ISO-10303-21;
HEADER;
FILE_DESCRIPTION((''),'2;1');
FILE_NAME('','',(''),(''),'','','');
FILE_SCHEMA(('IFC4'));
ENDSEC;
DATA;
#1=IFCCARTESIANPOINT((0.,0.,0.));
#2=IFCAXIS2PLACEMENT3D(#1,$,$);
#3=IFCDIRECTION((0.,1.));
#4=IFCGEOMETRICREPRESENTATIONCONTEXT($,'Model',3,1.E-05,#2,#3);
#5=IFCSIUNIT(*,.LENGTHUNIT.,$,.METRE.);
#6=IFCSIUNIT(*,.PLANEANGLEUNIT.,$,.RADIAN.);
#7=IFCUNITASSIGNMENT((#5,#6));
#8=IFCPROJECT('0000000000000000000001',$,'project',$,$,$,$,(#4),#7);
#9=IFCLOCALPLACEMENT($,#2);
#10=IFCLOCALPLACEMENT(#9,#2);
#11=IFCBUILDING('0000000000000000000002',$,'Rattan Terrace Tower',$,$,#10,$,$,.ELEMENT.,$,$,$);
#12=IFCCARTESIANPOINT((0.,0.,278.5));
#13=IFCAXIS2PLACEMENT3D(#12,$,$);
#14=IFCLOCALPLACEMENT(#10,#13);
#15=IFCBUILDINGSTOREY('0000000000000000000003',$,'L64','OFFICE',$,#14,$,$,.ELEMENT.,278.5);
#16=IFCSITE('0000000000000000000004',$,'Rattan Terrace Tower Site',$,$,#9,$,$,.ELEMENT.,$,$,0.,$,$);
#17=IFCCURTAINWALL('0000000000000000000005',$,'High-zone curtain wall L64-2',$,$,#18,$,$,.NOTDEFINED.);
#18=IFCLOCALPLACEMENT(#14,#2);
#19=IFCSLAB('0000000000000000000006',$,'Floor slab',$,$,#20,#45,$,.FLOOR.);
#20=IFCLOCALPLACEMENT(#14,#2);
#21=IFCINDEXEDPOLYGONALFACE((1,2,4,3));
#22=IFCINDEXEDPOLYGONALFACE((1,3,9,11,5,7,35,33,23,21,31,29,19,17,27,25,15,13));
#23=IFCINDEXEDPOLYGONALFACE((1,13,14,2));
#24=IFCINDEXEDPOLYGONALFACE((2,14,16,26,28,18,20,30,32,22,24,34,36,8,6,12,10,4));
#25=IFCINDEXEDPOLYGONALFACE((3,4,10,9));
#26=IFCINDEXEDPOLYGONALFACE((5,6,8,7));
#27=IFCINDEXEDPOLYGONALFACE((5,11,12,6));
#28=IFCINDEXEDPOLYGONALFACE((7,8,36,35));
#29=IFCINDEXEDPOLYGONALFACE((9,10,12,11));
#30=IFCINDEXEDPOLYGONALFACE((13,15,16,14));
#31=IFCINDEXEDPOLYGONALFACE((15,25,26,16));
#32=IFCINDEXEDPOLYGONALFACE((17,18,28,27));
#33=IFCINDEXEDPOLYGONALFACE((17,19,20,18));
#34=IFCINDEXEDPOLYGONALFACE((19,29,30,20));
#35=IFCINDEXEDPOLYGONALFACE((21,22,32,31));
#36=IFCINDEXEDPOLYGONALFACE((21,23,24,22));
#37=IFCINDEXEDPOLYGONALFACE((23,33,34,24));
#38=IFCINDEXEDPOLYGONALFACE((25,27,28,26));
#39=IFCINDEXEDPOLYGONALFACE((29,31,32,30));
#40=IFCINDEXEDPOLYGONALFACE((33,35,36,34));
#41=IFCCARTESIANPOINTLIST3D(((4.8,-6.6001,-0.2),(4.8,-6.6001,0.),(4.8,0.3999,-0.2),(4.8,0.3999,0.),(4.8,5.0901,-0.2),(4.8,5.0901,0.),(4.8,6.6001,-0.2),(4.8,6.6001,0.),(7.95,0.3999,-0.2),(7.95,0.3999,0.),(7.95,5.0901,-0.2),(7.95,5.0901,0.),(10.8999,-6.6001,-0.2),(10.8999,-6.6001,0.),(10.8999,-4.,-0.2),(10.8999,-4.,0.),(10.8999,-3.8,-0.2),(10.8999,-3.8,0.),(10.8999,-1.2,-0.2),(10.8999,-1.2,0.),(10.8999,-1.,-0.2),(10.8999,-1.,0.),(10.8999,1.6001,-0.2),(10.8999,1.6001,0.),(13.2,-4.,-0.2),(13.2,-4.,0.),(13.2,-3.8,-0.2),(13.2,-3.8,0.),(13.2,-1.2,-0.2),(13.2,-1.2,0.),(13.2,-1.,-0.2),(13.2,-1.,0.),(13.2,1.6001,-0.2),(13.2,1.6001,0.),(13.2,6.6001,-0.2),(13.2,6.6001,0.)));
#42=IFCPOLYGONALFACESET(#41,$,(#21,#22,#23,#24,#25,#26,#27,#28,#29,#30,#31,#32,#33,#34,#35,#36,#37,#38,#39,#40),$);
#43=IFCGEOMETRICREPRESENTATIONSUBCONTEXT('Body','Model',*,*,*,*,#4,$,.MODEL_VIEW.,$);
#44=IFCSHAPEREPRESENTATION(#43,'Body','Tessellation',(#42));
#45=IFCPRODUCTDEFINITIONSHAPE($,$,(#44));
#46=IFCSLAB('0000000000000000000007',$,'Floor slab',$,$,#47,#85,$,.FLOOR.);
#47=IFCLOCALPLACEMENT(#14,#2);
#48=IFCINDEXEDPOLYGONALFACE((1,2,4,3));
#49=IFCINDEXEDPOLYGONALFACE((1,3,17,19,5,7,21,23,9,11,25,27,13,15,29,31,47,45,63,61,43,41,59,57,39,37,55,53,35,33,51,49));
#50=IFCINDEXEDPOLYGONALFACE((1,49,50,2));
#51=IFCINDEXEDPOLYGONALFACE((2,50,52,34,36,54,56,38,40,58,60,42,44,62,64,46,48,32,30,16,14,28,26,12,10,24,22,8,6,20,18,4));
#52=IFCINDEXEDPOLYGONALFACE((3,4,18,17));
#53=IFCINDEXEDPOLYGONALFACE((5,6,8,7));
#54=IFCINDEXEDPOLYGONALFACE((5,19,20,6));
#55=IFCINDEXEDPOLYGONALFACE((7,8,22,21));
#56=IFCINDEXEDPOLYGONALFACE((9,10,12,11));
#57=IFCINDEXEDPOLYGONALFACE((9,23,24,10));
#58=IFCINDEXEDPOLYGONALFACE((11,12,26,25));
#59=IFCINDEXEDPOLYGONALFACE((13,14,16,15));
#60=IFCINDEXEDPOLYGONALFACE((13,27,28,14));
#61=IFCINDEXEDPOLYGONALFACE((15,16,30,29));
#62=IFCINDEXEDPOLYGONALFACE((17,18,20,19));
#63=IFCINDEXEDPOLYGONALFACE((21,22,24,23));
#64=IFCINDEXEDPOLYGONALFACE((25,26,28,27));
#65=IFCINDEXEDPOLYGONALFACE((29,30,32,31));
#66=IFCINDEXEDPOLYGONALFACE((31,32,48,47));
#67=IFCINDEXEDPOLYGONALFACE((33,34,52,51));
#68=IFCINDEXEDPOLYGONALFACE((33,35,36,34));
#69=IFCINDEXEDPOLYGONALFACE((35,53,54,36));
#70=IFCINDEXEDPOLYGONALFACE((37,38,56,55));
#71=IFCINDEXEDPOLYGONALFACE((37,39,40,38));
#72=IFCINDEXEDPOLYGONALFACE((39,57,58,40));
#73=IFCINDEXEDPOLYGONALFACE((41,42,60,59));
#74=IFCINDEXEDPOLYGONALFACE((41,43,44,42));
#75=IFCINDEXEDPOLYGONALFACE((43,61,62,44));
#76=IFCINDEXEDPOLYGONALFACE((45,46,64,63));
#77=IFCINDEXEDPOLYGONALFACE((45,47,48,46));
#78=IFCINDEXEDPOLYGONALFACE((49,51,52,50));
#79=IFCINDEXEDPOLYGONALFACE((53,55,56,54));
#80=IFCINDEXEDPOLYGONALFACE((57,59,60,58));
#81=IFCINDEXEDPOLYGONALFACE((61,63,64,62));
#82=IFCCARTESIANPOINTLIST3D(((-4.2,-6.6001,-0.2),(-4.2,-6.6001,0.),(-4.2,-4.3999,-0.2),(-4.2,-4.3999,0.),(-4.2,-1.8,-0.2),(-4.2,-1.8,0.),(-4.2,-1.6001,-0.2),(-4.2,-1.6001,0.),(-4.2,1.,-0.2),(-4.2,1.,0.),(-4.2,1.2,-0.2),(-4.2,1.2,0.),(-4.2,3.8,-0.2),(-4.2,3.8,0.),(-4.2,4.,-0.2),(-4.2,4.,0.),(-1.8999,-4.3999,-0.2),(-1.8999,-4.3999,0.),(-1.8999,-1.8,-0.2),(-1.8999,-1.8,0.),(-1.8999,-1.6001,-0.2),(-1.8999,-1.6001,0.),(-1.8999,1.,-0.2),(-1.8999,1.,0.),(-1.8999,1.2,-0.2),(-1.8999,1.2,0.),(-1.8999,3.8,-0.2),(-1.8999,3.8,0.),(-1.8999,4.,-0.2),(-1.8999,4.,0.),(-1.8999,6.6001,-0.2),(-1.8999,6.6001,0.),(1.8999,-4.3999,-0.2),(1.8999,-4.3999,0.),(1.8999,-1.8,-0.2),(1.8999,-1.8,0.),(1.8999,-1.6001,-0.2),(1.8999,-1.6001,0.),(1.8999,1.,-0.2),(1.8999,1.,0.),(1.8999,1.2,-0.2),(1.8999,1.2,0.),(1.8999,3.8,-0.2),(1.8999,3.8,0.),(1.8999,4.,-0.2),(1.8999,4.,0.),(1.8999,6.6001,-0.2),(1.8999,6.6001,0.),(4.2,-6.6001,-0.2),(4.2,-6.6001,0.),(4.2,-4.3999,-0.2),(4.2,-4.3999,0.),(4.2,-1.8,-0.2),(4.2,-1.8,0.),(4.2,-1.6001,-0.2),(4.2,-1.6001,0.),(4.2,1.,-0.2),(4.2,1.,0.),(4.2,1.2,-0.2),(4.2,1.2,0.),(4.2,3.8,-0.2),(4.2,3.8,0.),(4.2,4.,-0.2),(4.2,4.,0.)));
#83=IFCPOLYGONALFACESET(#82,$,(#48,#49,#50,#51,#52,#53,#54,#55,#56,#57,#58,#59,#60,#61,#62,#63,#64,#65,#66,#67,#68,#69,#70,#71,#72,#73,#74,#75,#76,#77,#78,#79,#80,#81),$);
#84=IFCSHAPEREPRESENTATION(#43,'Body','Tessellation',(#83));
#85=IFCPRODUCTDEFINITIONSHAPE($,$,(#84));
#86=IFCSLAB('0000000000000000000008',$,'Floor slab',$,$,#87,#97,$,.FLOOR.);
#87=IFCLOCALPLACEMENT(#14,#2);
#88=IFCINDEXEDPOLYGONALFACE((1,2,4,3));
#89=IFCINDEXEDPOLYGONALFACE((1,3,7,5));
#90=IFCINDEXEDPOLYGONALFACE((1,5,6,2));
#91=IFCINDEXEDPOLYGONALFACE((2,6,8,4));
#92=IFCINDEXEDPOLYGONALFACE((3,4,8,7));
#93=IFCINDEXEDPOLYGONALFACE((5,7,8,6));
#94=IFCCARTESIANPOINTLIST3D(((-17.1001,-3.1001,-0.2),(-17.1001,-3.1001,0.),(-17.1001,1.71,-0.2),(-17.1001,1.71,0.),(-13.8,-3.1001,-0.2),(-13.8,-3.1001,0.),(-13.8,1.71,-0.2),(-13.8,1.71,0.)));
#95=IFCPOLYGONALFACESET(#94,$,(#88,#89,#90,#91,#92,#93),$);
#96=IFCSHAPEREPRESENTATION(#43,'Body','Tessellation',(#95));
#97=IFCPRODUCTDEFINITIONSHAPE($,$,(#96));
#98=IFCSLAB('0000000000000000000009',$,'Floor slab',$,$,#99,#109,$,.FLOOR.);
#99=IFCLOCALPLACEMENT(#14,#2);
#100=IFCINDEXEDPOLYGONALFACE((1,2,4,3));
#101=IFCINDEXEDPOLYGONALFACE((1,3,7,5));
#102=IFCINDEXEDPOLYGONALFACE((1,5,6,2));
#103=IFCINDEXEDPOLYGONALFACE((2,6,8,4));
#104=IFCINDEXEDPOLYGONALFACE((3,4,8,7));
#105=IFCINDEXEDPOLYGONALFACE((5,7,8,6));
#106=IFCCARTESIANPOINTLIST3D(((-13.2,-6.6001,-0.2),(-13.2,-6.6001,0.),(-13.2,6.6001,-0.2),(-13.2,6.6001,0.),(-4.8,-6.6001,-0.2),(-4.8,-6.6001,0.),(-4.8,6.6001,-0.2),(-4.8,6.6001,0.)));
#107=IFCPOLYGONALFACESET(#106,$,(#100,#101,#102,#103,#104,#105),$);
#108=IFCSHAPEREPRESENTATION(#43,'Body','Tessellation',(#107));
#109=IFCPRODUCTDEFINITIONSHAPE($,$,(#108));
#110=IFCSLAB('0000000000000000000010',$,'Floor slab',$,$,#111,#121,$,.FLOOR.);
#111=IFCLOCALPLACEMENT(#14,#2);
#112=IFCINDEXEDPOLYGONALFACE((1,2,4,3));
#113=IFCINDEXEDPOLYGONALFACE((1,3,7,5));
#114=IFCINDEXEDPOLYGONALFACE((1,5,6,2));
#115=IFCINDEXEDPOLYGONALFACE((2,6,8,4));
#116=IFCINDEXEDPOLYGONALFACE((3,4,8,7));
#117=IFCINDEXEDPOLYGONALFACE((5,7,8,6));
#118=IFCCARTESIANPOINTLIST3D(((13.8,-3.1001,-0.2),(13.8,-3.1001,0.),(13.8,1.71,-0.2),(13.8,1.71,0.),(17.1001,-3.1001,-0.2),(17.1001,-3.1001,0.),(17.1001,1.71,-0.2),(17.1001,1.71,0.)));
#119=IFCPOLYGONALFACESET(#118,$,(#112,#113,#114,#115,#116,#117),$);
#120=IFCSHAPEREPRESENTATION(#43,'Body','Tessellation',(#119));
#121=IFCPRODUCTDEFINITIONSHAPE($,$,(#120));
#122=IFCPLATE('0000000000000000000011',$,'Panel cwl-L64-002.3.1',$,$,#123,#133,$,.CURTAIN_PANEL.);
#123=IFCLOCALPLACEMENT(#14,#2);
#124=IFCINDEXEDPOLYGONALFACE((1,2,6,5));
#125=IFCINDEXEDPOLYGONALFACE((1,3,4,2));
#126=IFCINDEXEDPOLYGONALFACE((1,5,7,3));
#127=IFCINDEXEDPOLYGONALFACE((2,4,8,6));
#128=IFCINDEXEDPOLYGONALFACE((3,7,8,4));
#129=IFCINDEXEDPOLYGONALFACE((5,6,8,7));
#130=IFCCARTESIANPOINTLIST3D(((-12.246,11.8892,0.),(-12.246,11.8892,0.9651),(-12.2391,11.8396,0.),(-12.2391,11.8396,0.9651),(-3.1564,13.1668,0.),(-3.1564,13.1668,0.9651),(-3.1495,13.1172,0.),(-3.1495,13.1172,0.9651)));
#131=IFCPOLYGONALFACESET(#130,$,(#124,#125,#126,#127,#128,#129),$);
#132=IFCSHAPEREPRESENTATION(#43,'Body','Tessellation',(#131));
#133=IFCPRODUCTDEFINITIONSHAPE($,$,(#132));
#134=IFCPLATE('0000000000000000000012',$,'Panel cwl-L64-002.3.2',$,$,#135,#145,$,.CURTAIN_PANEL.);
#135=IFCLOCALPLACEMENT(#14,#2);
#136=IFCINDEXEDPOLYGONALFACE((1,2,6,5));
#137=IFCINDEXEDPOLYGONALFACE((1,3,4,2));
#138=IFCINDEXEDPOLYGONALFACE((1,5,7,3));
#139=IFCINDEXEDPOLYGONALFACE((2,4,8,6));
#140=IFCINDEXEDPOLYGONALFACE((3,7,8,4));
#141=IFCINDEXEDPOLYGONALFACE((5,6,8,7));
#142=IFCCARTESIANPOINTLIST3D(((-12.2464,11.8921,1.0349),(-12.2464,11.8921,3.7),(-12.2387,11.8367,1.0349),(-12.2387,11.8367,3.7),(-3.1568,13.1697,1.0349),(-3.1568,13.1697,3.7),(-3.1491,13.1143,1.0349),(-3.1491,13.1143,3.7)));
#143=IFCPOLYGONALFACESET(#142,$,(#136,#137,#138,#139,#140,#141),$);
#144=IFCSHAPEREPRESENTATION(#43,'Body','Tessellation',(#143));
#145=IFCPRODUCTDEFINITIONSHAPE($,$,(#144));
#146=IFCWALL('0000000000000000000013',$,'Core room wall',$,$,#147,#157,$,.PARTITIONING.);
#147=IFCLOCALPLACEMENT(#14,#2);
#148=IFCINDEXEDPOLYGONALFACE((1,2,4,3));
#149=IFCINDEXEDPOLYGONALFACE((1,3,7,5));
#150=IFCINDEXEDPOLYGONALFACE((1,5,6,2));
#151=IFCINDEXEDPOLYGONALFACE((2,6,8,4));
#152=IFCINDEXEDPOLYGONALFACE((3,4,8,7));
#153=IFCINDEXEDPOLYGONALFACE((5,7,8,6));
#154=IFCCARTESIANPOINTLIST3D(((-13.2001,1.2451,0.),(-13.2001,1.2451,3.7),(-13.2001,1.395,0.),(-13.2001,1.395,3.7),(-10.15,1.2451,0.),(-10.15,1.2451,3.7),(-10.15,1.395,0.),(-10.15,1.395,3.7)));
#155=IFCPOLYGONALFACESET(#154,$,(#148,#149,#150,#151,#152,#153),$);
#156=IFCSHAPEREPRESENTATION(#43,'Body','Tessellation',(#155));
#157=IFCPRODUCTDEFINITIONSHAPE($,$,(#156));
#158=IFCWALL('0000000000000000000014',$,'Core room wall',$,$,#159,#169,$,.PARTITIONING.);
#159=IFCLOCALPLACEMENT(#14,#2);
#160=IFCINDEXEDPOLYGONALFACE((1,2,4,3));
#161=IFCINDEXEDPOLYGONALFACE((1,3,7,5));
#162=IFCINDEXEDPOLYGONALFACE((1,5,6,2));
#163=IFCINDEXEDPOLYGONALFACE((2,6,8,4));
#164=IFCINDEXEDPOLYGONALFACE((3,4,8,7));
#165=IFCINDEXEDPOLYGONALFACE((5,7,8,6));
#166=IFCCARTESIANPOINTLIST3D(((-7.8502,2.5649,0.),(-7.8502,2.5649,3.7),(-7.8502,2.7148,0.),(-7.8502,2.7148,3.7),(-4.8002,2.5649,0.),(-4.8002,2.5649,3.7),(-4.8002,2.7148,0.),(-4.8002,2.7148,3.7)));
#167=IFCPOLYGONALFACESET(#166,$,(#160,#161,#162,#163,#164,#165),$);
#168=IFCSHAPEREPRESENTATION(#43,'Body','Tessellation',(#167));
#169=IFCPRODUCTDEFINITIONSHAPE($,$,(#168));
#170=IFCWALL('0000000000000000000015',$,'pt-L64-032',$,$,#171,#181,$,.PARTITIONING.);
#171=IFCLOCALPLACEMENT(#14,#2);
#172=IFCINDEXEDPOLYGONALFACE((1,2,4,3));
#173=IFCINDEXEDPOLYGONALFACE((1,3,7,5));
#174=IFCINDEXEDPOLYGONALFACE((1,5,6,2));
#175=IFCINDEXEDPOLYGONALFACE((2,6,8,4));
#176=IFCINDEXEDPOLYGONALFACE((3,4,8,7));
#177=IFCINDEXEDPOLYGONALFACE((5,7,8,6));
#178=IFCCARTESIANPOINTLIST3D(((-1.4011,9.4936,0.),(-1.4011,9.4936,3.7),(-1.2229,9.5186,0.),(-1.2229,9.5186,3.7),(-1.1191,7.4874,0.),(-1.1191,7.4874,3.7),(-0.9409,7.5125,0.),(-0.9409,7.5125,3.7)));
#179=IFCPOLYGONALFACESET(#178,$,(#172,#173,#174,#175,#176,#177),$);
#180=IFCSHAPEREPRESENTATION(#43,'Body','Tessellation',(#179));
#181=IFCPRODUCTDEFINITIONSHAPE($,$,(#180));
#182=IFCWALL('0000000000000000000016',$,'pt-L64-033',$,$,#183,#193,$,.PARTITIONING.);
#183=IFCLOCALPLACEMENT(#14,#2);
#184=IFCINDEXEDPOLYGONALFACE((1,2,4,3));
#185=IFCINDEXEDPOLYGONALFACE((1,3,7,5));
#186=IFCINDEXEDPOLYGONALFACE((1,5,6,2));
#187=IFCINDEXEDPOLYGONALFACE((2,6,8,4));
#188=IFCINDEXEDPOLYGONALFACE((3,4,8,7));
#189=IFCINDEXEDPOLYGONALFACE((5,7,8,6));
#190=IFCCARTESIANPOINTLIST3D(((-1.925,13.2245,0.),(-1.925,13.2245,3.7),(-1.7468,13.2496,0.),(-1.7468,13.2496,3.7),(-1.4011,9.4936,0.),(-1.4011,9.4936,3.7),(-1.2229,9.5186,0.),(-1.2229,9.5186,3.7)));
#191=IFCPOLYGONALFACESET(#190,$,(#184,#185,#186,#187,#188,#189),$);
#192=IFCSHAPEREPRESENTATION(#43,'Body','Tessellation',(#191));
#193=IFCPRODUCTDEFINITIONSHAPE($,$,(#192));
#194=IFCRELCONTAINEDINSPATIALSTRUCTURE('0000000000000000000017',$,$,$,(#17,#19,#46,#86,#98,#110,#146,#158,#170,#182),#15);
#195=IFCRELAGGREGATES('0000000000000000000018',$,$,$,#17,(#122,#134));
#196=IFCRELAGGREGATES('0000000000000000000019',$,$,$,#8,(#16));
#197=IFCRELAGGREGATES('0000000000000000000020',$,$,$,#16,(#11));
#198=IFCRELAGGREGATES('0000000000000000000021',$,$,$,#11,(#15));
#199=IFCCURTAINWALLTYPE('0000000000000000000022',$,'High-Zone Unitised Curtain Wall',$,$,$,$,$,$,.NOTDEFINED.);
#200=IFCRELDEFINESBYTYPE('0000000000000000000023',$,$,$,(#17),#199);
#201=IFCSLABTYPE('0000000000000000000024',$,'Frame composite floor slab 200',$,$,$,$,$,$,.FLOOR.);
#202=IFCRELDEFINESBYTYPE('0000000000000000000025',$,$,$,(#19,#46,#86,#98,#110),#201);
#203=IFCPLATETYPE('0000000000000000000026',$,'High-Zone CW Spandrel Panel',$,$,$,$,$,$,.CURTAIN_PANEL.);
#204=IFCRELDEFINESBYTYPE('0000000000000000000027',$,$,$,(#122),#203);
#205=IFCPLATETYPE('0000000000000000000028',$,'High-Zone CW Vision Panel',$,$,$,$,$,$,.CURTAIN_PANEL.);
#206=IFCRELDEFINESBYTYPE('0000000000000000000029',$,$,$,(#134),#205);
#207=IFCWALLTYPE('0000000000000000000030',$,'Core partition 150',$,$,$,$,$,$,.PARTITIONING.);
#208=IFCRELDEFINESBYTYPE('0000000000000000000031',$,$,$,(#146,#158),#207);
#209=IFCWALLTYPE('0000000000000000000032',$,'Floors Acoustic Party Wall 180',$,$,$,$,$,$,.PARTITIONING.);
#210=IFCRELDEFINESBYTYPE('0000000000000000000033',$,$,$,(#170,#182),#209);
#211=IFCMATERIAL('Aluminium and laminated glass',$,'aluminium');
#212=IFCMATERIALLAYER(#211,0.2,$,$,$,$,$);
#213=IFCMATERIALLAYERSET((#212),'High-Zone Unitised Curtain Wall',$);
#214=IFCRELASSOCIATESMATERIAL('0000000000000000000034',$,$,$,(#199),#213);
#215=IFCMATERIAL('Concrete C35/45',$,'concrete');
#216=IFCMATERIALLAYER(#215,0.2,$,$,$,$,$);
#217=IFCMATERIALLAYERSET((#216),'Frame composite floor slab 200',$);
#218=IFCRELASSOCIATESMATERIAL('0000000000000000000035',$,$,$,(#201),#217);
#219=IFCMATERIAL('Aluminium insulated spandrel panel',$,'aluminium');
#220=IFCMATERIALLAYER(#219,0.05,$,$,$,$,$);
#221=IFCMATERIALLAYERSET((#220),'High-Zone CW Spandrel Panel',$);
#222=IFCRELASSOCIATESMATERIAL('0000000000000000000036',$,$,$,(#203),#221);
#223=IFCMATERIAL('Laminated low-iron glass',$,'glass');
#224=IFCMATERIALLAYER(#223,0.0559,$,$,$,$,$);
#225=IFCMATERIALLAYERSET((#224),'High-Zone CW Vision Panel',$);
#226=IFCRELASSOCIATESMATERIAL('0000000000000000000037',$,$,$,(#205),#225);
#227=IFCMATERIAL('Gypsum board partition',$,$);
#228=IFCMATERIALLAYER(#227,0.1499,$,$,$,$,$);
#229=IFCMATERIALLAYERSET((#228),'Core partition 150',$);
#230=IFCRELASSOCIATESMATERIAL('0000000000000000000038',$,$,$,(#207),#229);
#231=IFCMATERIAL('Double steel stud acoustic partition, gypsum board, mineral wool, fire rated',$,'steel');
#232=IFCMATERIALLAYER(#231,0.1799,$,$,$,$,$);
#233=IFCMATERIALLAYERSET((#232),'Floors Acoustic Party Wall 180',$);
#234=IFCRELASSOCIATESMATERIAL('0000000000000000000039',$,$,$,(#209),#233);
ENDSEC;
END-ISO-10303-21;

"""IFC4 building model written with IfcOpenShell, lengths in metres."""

from ifc_helpers import new_model, si_unit, direction, frame, frame_2d, origin, origin_2d, place, context, subcontext, project, spatial, polyline, rectangle, outline, extrude, material, layer, layer_set, type_object, element, aggregate, save


model = new_model("IFC4")

# Units and contexts
model_context = context("Model", 3, precision=1e-05, world=origin(), true_north=direction((0.0, 1.0)))
body_context = subcontext(model_context, "Body", "Model", "MODEL_VIEW")
ifc_project = project(units=[si_unit("LENGTHUNIT", "METRE"), si_unit("PLANEANGLEUNIT", "RADIAN")], contexts=[model_context])

# Site, building, storey
site_placement = place(None, origin())
site = spatial("IfcSite", under=ifc_project, at=site_placement, Name="Rattan Terrace Tower Site", CompositionType="ELEMENT", RefElevation=0.0)
building_placement = place(site_placement, origin())
building = spatial("IfcBuilding", under=site, at=building_placement, Name="Rattan Terrace Tower", CompositionType="ELEMENT")
storey_placement = place(building_placement, frame((0.0, 0.0, 278.5)))
storey = spatial("IfcBuildingStorey", under=building, at=storey_placement, Name="L64", Description="OFFICE", CompositionType="ELEMENT", Elevation=278.5)

# Curtain wall
ifc_material_1 = material(Name="Aluminium and laminated glass", Category="aluminium")
ifc_layer_1 = layer(ifc_material_1, 0.2)
ifc_layer_set_1 = layer_set([ifc_layer_1], Name="High-Zone Unitised Curtain Wall")
curtain_wall_type = type_object("IfcCurtainWallType", Name="High-Zone Unitised Curtain Wall", PredefinedType="NOTDEFINED", material=ifc_layer_set_1)
curtain_wall_placement = place(storey_placement, origin())
curtain_wall = element("IfcCurtainWall", 1, at=curtain_wall_placement, inside=storey, type_object=curtain_wall_type, Name="High-zone curtain wall L64-2", PredefinedType="NOTDEFINED")

# Slabs
ifc_material_2 = material(Name="Concrete C35/45", Category="concrete")
ifc_layer_2 = layer(ifc_material_2, 0.2)
ifc_layer_set_2 = layer_set([ifc_layer_2], Name="Frame composite floor slab 200")
slab_type_1 = type_object("IfcSlabType", Name="Frame composite floor slab 200", PredefinedType="FLOOR", material=ifc_layer_set_2)
slab_1_placement = place(storey_placement, frame((0.0, 0.0, -0.2)))
element("IfcSlab", 2, at=slab_1_placement, inside=storey, type_object=slab_type_1, Name="Floor slab", PredefinedType="FLOOR", context=body_context, shape_type="SweptSolid", body=[
    extrude(outline(polyline([(13.2, 6.6001), (4.8, 6.6001), (4.8, 5.0901), (7.95, 5.0901), (7.95, 0.3999), (4.8, 0.3999), (4.8, -6.6001), (10.8999, -6.6001), (10.8999, -4.0), (13.2, -4.0), (13.2, -3.8), (10.8999, -3.8), (10.8999, -1.2), (13.2, -1.2), (13.2, -1.0), (10.8999, -1.0), (10.8999, 1.6001), (13.2, 1.6001), (13.2, 6.6001)])), origin(), (0.0, 0.0, 1.0), 0.2),
])
slab_2_placement = place(storey_placement, frame((0.0, 0.0, -0.2)))
element("IfcSlab", 3, at=slab_2_placement, inside=storey, type_object=slab_type_1, Name="Floor slab", PredefinedType="FLOOR", context=body_context, shape_type="SweptSolid", body=[
    extrude(outline(polyline([(1.8999, 6.6001), (-1.8999, 6.6001), (-1.8999, 4.0), (-4.2, 4.0), (-4.2, 3.8), (-1.8999, 3.8), (-1.8999, 1.2), (-4.2, 1.2), (-4.2, 1.0), (-1.8999, 1.0), (-1.8999, -1.6001), (-4.2, -1.6001), (-4.2, -1.8), (-1.8999, -1.8), (-1.8999, -4.3999), (-4.2, -4.3999), (-4.2, -6.6001), (4.2, -6.6001), (4.2, -4.3999), (1.8999, -4.3999), (1.8999, -1.8), (4.2, -1.8), (4.2, -1.6001), (1.8999, -1.6001), (1.8999, 1.0), (4.2, 1.0), (4.2, 1.2), (1.8999, 1.2), (1.8999, 3.8), (4.2, 3.8), (4.2, 4.0), (1.8999, 4.0), (1.8999, 6.6001)])), origin(), (0.0, 0.0, 1.0), 0.2),
])
slab_3_placement = place(storey_placement, frame((0.0, 0.0, -0.2)))
element("IfcSlab", 4, at=slab_3_placement, inside=storey, type_object=slab_type_1, Name="Floor slab", PredefinedType="FLOOR", context=body_context, shape_type="SweptSolid", body=[
    extrude(outline(polyline([(-17.1001, -3.1001), (-13.8, -3.1001), (-13.8, 1.71), (-17.1001, 1.71), (-17.1001, -3.1001)])), origin(), (0.0, 0.0, 1.0), 0.2),
])
slab_4_placement = place(storey_placement, frame((0.0, 0.0, -0.2)))
element("IfcSlab", 5, at=slab_4_placement, inside=storey, type_object=slab_type_1, Name="Floor slab", PredefinedType="FLOOR", context=body_context, shape_type="SweptSolid", body=[
    extrude(outline(polyline([(-4.8, -6.6001), (-4.8, 6.6001), (-13.2, 6.6001), (-13.2, -6.6001), (-4.8, -6.6001)])), origin(), (0.0, 0.0, 1.0), 0.2),
])
slab_5_placement = place(storey_placement, frame((0.0, 0.0, -0.2)))
element("IfcSlab", 6, at=slab_5_placement, inside=storey, type_object=slab_type_1, Name="Floor slab", PredefinedType="FLOOR", context=body_context, shape_type="SweptSolid", body=[
    extrude(outline(polyline([(13.8, -3.1001), (17.1001, -3.1001), (17.1001, 1.71), (13.8, 1.71), (13.8, -3.1001)])), origin(), (0.0, 0.0, 1.0), 0.2),
])

# Plates
ifc_material_3 = material(Name="Aluminium insulated spandrel panel", Category="aluminium")
ifc_layer_3 = layer(ifc_material_3, 0.05)
ifc_layer_set_3 = layer_set([ifc_layer_3], Name="High-Zone CW Spandrel Panel")
plate_type_1 = type_object("IfcPlateType", Name="High-Zone CW Spandrel Panel", PredefinedType="CURTAIN_PANEL", material=ifc_layer_set_3)
plate_1_placement = place(storey_placement, frame((-7.6978, 12.5032, 0.0), z_axis=(0.0, 0.0, 1.0), x_axis=(-0.990266, -0.139189, 0.0)))
plate_1 = element("IfcPlate", 7, at=plate_1_placement, type_object=plate_type_1, Name="Panel cwl-L64-002.3.1", PredefinedType="CURTAIN_PANEL", context=body_context, shape_type="SweptSolid", body=[
    extrude(rectangle(XDim=9.179, YDim=0.05, at=origin_2d()), origin(), (0.0, 0.0, 1.0), 0.9651),
])
ifc_material_4 = material(Name="Laminated low-iron glass", Category="glass")
ifc_layer_4 = layer(ifc_material_4, 0.0559)
ifc_layer_set_4 = layer_set([ifc_layer_4], Name="High-Zone CW Vision Panel")
plate_type_2 = type_object("IfcPlateType", Name="High-Zone CW Vision Panel", PredefinedType="CURTAIN_PANEL", material=ifc_layer_set_4)
plate_2_placement = place(storey_placement, frame((-7.6978, 12.5032, 1.0349), z_axis=(0.0, 0.0, 1.0), x_axis=(-0.990266, -0.139189, 0.0)))
plate_2 = element("IfcPlate", 8, at=plate_2_placement, type_object=plate_type_2, Name="Panel cwl-L64-002.3.2", PredefinedType="CURTAIN_PANEL", context=body_context, shape_type="SweptSolid", body=[
    extrude(rectangle(XDim=9.179, YDim=0.0559, at=origin_2d()), origin(), (0.0, 0.0, 1.0), 2.665),
])
aggregate(curtain_wall, [plate_1, plate_2])

# Walls
ifc_material_5 = material(Name="Gypsum board partition")
ifc_layer_5 = layer(ifc_material_5, 0.1499)
ifc_layer_set_5 = layer_set([ifc_layer_5], Name="Core partition 150")
wall_type_1 = type_object("IfcWallType", Name="Core partition 150", PredefinedType="PARTITIONING", material=ifc_layer_set_5)
for number, where, z_axis, x_axis, name in (
    (9, (-13.2, 1.3201, 0.0), (0.0, 0.0, 1.0), (1.0, 0.0, 0.0), "Core room wall"),
    (10, (-7.8501, 2.6399, 0.0), (0.0, 0.0, 1.0), (1.0, 0.0, 0.0), "Core room wall"),
):
    element("IfcWall", number, at=place(storey_placement, frame(where, z_axis=z_axis, x_axis=x_axis)), inside=storey, type_object=wall_type_1, Name=name, PredefinedType="PARTITIONING", context=body_context, shape_type="SweptSolid", body=[
        extrude(rectangle(XDim=3.05, YDim=0.1499, at=frame_2d((1.5249, 0.0))), origin(), (0.0, 0.0, 1.0), 3.7),
    ])
ifc_material_6 = material(Name="Double steel stud acoustic partition, gypsum board, mineral wool, fire rated", Category="steel")
ifc_layer_6 = layer(ifc_material_6, 0.1799)
ifc_layer_set_6 = layer_set([ifc_layer_6], Name="Floors Acoustic Party Wall 180")
wall_type_2 = type_object("IfcWallType", Name="Floors Acoustic Party Wall 180", PredefinedType="PARTITIONING", material=ifc_layer_set_6)
wall_1_placement = place(storey_placement, frame((-1.312, 9.5061, 0.0), z_axis=(0.0, 0.0, 1.0), x_axis=(0.139194, -0.990265, 0.0)))
element("IfcWall", 11, at=wall_1_placement, inside=storey, type_object=wall_type_2, Name="pt-L64-032", PredefinedType="PARTITIONING", context=body_context, shape_type="SweptSolid", body=[
    extrude(rectangle(XDim=2.0259, YDim=0.1799, at=frame_2d((1.0129, 0.0))), origin(), (0.0, 0.0, 1.0), 3.7),
])
wall_2_placement = place(storey_placement, frame((-1.8359, 13.2371, 0.0), z_axis=(0.0, 0.0, 1.0), x_axis=(0.139062, -0.990284, 0.0)))
element("IfcWall", 12, at=wall_2_placement, inside=storey, type_object=wall_type_2, Name="pt-L64-033", PredefinedType="PARTITIONING", context=body_context, shape_type="SweptSolid", body=[
    extrude(rectangle(XDim=3.7676, YDim=0.1799, at=frame_2d((1.8838, 0.0))), origin(), (0.0, 0.0, 1.0), 3.7),
])

save(model, "model.ifc")
